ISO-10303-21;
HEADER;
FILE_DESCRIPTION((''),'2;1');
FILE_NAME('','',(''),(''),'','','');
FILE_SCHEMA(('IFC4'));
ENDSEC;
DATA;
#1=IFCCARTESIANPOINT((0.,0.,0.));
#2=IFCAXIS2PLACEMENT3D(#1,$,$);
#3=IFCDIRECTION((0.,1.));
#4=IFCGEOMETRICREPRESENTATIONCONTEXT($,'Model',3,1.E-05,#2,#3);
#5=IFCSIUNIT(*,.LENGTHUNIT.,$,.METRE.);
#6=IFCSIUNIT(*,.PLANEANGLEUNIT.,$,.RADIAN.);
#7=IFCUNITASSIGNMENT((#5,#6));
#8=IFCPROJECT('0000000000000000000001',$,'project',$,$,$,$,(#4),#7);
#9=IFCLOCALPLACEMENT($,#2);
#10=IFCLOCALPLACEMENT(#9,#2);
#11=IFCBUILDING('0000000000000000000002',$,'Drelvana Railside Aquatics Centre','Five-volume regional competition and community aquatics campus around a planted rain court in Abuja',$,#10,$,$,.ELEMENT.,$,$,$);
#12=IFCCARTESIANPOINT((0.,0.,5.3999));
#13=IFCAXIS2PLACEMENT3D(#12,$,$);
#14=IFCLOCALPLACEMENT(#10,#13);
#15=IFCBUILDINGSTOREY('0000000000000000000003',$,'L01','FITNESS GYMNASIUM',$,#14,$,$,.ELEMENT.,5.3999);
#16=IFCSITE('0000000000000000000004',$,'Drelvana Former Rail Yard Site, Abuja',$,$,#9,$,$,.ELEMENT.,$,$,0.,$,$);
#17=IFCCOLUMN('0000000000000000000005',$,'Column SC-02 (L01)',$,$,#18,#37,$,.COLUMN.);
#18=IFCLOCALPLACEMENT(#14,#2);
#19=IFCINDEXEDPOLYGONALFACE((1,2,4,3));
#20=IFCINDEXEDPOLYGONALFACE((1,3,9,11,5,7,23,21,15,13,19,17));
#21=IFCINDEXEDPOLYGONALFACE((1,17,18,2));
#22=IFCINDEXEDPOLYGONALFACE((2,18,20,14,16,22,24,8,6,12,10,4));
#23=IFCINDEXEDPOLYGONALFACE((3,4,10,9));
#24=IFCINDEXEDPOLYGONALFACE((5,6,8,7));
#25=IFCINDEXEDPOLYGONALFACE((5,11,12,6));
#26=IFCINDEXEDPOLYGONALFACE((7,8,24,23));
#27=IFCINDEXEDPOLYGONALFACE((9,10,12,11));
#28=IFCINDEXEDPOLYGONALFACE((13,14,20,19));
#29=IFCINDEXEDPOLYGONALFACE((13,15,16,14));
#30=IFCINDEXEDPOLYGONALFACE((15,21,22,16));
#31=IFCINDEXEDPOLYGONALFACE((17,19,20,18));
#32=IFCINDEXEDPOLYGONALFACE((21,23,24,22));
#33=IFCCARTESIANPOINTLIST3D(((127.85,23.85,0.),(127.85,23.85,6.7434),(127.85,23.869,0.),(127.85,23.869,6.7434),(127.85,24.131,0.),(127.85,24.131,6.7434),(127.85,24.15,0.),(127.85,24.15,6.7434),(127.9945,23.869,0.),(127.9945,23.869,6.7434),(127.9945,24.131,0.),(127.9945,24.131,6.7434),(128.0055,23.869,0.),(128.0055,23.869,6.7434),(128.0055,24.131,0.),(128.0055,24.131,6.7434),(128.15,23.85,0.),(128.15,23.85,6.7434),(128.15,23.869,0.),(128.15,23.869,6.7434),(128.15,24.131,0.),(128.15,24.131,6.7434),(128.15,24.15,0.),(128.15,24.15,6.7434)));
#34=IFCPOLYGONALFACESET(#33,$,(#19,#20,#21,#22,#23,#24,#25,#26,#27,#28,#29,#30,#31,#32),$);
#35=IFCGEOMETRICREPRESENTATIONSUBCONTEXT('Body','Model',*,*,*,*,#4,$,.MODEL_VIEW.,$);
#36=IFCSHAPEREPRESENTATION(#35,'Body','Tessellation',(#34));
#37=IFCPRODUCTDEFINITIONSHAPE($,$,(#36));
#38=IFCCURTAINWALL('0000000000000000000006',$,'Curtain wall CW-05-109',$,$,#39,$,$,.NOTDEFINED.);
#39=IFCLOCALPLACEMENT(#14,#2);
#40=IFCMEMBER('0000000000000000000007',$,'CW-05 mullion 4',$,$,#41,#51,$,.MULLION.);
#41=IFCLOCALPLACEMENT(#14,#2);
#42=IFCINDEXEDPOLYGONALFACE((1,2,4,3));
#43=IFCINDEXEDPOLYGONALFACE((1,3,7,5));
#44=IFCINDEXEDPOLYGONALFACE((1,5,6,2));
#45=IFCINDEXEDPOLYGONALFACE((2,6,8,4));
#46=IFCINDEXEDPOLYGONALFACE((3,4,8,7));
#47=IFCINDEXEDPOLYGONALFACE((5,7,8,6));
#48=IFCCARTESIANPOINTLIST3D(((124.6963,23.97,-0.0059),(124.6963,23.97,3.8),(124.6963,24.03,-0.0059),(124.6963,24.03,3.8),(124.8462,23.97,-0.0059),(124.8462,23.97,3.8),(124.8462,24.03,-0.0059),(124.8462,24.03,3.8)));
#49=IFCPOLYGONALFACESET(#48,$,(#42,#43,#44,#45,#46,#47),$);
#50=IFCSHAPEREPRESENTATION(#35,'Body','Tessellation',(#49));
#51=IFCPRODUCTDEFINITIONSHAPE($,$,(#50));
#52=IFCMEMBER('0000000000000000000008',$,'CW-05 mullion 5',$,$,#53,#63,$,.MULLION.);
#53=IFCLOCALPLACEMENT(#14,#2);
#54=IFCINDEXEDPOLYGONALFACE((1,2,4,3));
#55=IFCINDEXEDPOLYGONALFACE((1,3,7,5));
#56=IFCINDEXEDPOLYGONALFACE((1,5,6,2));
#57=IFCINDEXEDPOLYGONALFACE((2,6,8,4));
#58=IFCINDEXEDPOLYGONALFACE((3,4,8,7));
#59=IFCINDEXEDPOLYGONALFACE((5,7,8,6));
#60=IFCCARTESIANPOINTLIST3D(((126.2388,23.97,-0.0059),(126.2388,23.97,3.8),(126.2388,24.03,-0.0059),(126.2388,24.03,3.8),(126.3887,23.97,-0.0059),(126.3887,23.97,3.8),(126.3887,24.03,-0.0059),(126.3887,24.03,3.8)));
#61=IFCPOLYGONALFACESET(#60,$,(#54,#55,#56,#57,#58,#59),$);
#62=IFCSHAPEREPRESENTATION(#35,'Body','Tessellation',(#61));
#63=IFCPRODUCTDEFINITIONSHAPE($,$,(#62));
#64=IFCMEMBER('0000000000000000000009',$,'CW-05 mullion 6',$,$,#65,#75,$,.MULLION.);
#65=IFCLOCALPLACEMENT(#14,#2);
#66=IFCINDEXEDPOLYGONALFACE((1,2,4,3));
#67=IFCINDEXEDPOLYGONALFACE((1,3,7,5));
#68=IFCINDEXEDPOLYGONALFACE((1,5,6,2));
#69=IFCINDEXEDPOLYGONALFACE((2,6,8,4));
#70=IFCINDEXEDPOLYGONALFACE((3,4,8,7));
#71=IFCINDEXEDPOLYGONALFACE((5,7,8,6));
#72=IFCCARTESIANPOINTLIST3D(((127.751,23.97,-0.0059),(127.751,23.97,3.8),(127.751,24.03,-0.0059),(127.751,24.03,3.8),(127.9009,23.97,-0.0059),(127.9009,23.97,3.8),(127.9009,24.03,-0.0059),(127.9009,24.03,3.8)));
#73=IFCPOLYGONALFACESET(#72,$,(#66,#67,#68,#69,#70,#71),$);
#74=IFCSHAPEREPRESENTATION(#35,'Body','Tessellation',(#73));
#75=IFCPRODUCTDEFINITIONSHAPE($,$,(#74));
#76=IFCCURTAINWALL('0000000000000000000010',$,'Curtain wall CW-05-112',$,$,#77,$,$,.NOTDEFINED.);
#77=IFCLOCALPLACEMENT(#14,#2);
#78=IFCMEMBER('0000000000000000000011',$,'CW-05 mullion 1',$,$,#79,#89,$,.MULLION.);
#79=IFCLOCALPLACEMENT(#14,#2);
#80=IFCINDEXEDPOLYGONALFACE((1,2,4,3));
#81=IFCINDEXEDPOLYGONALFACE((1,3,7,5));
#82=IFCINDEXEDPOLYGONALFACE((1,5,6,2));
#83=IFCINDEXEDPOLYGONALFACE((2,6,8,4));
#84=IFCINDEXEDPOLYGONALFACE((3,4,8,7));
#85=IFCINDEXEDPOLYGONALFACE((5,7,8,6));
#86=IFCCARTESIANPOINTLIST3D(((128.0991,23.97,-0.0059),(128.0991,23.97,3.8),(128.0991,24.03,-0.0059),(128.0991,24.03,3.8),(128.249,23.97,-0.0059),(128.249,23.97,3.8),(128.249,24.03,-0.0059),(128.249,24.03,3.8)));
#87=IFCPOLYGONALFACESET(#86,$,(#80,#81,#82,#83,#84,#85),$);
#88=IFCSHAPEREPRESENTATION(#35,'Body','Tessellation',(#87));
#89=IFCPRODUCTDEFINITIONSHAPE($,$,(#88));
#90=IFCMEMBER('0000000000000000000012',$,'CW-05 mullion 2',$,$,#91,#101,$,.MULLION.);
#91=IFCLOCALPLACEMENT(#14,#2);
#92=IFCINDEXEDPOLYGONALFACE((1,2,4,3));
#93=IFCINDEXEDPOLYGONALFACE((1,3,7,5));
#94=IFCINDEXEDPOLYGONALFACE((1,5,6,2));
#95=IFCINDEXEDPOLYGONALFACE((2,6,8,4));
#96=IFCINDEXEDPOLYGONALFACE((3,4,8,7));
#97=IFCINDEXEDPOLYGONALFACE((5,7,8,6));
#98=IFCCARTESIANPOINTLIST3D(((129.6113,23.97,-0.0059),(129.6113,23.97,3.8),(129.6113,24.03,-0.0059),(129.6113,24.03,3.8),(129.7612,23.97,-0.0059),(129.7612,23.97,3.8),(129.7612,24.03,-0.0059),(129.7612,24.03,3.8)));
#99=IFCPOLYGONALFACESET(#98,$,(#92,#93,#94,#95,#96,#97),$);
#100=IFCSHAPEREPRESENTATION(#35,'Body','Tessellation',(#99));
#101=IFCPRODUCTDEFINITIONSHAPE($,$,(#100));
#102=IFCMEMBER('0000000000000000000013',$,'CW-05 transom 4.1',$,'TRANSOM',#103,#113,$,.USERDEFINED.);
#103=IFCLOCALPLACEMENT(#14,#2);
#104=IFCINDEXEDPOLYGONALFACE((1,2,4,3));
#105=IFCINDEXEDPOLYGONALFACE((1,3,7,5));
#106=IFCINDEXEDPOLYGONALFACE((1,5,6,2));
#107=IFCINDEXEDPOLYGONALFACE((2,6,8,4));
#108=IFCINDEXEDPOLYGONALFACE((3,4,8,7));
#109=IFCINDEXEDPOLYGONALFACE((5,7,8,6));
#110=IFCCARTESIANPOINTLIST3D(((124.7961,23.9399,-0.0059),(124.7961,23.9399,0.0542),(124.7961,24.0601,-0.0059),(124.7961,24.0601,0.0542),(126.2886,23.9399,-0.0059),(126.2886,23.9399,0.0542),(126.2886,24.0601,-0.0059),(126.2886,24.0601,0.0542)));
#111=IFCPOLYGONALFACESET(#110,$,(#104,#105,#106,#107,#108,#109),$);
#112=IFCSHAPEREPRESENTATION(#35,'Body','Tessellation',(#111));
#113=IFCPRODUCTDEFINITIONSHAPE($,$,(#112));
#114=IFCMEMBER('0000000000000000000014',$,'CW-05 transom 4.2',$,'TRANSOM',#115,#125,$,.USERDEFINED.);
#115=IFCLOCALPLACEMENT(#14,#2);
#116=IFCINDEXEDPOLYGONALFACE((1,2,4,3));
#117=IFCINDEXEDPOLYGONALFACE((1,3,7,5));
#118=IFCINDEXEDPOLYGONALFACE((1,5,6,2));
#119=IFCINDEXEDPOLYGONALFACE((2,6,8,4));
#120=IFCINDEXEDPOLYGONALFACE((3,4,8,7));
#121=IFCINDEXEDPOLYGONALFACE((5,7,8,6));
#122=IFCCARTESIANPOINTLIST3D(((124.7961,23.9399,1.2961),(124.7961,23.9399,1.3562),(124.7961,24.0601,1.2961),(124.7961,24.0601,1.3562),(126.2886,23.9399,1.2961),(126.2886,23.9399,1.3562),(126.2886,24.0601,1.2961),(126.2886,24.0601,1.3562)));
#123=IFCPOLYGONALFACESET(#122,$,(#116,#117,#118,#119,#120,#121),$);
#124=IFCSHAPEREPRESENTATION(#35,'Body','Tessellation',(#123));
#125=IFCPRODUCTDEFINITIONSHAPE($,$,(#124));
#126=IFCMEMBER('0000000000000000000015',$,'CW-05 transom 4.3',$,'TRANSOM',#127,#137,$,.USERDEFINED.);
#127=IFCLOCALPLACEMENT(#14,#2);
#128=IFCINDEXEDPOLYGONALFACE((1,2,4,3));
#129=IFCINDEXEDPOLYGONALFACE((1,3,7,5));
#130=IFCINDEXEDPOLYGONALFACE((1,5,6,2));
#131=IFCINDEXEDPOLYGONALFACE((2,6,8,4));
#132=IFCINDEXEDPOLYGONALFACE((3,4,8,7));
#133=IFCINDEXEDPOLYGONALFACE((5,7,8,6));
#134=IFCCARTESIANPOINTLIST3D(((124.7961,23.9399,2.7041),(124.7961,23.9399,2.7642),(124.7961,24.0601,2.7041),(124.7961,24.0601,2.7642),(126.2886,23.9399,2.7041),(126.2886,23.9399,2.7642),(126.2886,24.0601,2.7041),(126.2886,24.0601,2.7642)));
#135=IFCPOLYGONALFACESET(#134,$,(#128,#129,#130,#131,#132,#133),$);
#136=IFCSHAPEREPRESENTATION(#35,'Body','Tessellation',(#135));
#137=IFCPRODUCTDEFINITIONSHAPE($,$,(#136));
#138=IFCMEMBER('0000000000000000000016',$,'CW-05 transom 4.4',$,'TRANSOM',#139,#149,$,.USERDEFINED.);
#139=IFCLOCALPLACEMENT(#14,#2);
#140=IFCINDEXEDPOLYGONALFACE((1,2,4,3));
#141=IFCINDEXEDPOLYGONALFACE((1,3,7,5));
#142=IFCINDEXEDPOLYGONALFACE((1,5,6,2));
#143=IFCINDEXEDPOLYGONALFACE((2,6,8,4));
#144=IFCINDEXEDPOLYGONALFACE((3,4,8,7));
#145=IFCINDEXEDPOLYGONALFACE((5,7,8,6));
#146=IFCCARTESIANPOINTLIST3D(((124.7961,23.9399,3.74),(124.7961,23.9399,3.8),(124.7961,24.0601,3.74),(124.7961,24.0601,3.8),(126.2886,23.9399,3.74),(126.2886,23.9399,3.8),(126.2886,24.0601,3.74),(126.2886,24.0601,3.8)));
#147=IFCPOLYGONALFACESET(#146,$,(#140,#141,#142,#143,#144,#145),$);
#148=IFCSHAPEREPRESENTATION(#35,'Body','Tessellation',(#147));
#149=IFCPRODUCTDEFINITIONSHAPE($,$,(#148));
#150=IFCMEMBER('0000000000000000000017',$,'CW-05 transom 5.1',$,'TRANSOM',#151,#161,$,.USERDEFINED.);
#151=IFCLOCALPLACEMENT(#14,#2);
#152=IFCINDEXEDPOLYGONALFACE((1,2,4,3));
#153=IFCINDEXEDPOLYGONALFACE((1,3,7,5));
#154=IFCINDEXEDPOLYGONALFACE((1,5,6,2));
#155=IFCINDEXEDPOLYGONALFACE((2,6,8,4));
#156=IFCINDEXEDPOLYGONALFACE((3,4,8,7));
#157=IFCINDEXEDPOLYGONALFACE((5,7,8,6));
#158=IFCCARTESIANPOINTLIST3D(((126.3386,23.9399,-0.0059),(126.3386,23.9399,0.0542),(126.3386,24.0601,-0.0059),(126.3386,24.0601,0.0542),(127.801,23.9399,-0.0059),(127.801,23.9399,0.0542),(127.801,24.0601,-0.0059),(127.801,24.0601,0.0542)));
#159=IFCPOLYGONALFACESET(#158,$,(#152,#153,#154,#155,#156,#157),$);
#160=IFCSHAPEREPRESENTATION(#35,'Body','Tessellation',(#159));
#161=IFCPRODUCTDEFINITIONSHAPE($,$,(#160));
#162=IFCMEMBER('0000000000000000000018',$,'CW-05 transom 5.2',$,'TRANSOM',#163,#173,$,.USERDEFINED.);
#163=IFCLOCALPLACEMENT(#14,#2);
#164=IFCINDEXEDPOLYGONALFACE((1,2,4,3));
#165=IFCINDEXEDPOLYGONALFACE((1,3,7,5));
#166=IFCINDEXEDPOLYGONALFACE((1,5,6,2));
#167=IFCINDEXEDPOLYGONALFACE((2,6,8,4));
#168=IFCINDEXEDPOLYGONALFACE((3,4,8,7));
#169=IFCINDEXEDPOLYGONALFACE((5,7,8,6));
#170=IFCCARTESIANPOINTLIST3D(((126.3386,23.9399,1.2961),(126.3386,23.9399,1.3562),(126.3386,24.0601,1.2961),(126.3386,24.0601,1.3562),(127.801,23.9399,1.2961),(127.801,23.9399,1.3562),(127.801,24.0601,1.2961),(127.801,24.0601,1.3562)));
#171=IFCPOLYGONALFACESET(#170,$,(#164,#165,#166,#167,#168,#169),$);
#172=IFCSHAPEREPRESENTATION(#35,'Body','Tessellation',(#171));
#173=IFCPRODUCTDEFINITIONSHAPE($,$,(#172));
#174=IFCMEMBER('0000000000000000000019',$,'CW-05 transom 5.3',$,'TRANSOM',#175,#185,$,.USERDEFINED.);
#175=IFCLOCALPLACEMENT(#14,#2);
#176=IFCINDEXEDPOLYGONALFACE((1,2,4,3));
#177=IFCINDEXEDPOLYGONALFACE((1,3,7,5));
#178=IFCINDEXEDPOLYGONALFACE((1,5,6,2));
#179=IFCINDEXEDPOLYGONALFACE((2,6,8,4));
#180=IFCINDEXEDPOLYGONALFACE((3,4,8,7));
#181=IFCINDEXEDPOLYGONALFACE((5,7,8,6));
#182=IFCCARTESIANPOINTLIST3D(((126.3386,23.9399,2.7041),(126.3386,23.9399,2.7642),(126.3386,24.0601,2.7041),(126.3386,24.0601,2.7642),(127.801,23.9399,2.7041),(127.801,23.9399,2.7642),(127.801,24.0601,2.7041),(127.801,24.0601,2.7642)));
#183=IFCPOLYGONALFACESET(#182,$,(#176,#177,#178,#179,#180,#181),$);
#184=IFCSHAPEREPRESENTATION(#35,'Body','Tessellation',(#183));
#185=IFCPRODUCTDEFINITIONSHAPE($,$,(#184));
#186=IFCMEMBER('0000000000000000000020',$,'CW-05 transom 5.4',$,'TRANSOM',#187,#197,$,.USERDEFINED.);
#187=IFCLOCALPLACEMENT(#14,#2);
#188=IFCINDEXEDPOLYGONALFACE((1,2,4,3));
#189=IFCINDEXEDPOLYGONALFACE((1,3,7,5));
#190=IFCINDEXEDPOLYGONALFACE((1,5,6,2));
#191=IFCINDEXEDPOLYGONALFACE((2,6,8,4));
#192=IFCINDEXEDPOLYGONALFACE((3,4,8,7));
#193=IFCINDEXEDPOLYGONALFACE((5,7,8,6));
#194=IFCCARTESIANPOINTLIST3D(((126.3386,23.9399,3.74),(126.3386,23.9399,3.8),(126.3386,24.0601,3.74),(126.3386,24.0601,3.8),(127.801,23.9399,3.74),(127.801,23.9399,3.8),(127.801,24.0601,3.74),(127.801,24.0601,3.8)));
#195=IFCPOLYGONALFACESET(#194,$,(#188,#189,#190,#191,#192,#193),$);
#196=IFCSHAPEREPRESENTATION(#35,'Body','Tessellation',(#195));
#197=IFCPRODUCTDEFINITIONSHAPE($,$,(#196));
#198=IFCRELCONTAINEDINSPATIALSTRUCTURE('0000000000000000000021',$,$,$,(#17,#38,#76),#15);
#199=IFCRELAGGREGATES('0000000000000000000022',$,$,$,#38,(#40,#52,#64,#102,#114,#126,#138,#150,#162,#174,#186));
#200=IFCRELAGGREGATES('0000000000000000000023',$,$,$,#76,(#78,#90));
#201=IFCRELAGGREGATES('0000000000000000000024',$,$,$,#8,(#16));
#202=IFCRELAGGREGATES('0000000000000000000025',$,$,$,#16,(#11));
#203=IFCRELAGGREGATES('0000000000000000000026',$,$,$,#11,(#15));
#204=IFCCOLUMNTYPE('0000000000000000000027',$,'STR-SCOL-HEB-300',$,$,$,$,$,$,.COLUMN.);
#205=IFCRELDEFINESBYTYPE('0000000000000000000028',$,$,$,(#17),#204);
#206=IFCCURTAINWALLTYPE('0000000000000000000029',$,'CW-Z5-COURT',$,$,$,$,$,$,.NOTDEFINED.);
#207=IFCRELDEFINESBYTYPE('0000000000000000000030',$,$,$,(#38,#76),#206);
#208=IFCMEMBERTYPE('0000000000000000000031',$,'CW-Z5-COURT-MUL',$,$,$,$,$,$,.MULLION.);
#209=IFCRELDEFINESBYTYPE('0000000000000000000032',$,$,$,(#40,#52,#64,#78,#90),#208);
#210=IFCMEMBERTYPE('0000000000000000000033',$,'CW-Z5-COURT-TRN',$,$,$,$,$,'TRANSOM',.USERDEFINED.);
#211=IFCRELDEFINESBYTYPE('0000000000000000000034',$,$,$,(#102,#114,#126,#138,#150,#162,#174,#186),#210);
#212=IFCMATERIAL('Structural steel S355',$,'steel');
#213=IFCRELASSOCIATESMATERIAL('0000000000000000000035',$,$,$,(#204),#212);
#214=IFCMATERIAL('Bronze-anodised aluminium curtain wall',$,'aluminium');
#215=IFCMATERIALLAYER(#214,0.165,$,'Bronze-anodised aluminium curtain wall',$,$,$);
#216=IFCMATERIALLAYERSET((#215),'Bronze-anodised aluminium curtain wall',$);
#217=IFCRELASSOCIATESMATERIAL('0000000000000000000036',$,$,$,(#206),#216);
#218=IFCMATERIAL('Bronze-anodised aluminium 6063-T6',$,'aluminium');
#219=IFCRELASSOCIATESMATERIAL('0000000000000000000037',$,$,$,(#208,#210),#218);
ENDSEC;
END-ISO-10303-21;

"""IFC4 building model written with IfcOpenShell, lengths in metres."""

from ifc_helpers import new_model, si_unit, direction, frame, origin, origin_2d, place, context, subcontext, project, spatial, rectangle, i_section, extrude, material, layer, layer_set, material_profile, profile_set, type_object, element, aggregate, save


model = new_model("IFC4")

# Units and contexts
model_context = context("Model", 3, precision=1e-05, world=origin(), true_north=direction((0.0, 1.0)))
body_context = subcontext(model_context, "Body", "Model", "MODEL_VIEW")
ifc_project = project(units=[si_unit("LENGTHUNIT", "METRE"), si_unit("PLANEANGLEUNIT", "RADIAN")], contexts=[model_context])

# Site, building, storey
site_placement = place(None, origin())
site = spatial("IfcSite", under=ifc_project, at=site_placement, Name="Drelvana Former Rail Yard Site, Abuja", CompositionType="ELEMENT", RefElevation=0.0)
building_placement = place(site_placement, origin())
building = spatial("IfcBuilding", under=site, at=building_placement, Name="Drelvana Railside Aquatics Centre", Description="Five-volume regional competition and community aquatics campus around a planted rain court in Abuja", CompositionType="ELEMENT")
storey_placement = place(building_placement, frame((0.0, 0.0, 5.3999)))
storey = spatial("IfcBuildingStorey", under=building, at=storey_placement, Name="L01", Description="FITNESS GYMNASIUM", CompositionType="ELEMENT", Elevation=5.3999)

# Column
ifc_material_1 = material(Name="Structural steel S355", Category="steel")
ifc_material_profile_1 = material_profile(ifc_material_1, i_section(OverallWidth=0.3, OverallDepth=0.3, WebThickness=0.011, FlangeThickness=0.019, at=origin_2d()), Name="HEB 300")
ifc_profile_set_1 = profile_set([ifc_material_profile_1], Name="Structural steel S355")
column_type = type_object("IfcColumnType", Name="STR-SCOL-HEB-300", PredefinedType="COLUMN", material=ifc_profile_set_1)
column_placement = place(storey_placement, frame((128.0, 24.0, 0.0), z_axis=(0.0, 0.0, 1.0), x_axis=(1.0, 0.0, 0.0)))
element("IfcColumn", 1, at=column_placement, inside=storey, type_object=column_type, Name="Column SC-02 (L01)", PredefinedType="COLUMN", context=body_context, shape_type="SweptSolid", body=[
    extrude(i_section(OverallWidth=0.3, OverallDepth=0.3, WebThickness=0.011, FlangeThickness=0.019, at=origin_2d()), origin(), (0.0, 0.0, 1.0), 6.7434),
])

# Curtain walls, members
ifc_material_2 = material(Name="Bronze-anodised aluminium curtain wall", Category="aluminium")
ifc_layer_1 = layer(ifc_material_2, 0.165, Name="Bronze-anodised aluminium curtain wall")
ifc_layer_set_1 = layer_set([ifc_layer_1], Name="Bronze-anodised aluminium curtain wall")
curtain_wall_type = type_object("IfcCurtainWallType", Name="CW-Z5-COURT", PredefinedType="NOTDEFINED", material=ifc_layer_set_1)
curtain_wall_1_placement = place(storey_placement, origin())
curtain_wall_1 = element("IfcCurtainWall", 2, at=curtain_wall_1_placement, inside=storey, type_object=curtain_wall_type, Name="Curtain wall CW-05-109", PredefinedType="NOTDEFINED")
ifc_material_3 = material(Name="Bronze-anodised aluminium 6063-T6", Category="aluminium")
ifc_material_profile_2 = material_profile(ifc_material_3, rectangle(XDim=0.0601, YDim=0.1499, at=origin_2d()), Name="ALU-M 60x150")
ifc_profile_set_2 = profile_set([ifc_material_profile_2], Name="Bronze-anodised aluminium 6063-T6")
member_type_1 = type_object("IfcMemberType", Name="CW-Z5-COURT-MUL", PredefinedType="MULLION", material=ifc_profile_set_2)
member_1_placement = place(storey_placement, frame((124.7712, 24.0, -0.0059), z_axis=(0.0, 0.0, 1.0), x_axis=(0.0, 1.0, 0.0)))
member_1 = element("IfcMember", 3, at=member_1_placement, type_object=member_type_1, Name="CW-05 mullion 4", PredefinedType="MULLION", context=body_context, shape_type="SweptSolid", body=[
    extrude(rectangle(XDim=0.0601, YDim=0.1499, at=origin_2d()), origin(), (0.0, 0.0, 1.0), 3.8059),
])
member_2_placement = place(storey_placement, frame((126.3137, 24.0, -0.0059), z_axis=(0.0, 0.0, 1.0), x_axis=(0.0, 1.0, 0.0)))
member_2 = element("IfcMember", 4, at=member_2_placement, type_object=member_type_1, Name="CW-05 mullion 5", PredefinedType="MULLION", context=body_context, shape_type="SweptSolid", body=[
    extrude(rectangle(XDim=0.0601, YDim=0.1499, at=origin_2d()), origin(), (0.0, 0.0, 1.0), 3.8059),
])
member_3_placement = place(storey_placement, frame((127.8259, 24.0, -0.0059), z_axis=(0.0, 0.0, 1.0), x_axis=(0.0, 1.0, 0.0)))
member_3 = element("IfcMember", 5, at=member_3_placement, type_object=member_type_1, Name="CW-05 mullion 6", PredefinedType="MULLION", context=body_context, shape_type="SweptSolid", body=[
    extrude(rectangle(XDim=0.0601, YDim=0.1499, at=origin_2d()), origin(), (0.0, 0.0, 1.0), 3.8059),
])
curtain_wall_2_placement = place(storey_placement, origin())
curtain_wall_2 = element("IfcCurtainWall", 6, at=curtain_wall_2_placement, inside=storey, type_object=curtain_wall_type, Name="Curtain wall CW-05-112", PredefinedType="NOTDEFINED")
member_4_placement = place(storey_placement, frame((128.1741, 24.0, -0.0059), z_axis=(0.0, 0.0, 1.0), x_axis=(0.0, 1.0, 0.0)))
member_4 = element("IfcMember", 7, at=member_4_placement, type_object=member_type_1, Name="CW-05 mullion 1", PredefinedType="MULLION", context=body_context, shape_type="SweptSolid", body=[
    extrude(rectangle(XDim=0.0601, YDim=0.1499, at=origin_2d()), origin(), (0.0, 0.0, 1.0), 3.8059),
])
member_5_placement = place(storey_placement, frame((129.6863, 24.0, -0.0059), z_axis=(0.0, 0.0, 1.0), x_axis=(0.0, 1.0, 0.0)))
member_5 = element("IfcMember", 8, at=member_5_placement, type_object=member_type_1, Name="CW-05 mullion 2", PredefinedType="MULLION", context=body_context, shape_type="SweptSolid", body=[
    extrude(rectangle(XDim=0.0601, YDim=0.1499, at=origin_2d()), origin(), (0.0, 0.0, 1.0), 3.8059),
])

# Members
ifc_material_profile_3 = material_profile(ifc_material_3, rectangle(XDim=0.1201, YDim=0.0601, at=origin_2d()), Name="ALU-T 60x120")
ifc_profile_set_3 = profile_set([ifc_material_profile_3], Name="Bronze-anodised aluminium 6063-T6")
member_type_2 = type_object("IfcMemberType", Name="CW-Z5-COURT-TRN", ElementType="TRANSOM", PredefinedType="USERDEFINED", material=ifc_profile_set_3)
member_6_placement = place(storey_placement, frame((124.7961, 24.0, 0.0242), z_axis=(1.0, 0.0, 0.0), x_axis=(0.0, 1.0, 0.0)))
member_6 = element("IfcMember", 9, at=member_6_placement, type_object=member_type_2, Name="CW-05 transom 4.1", ObjectType="TRANSOM", PredefinedType="USERDEFINED", context=body_context, shape_type="SweptSolid", body=[
    extrude(rectangle(XDim=0.1201, YDim=0.0601, at=origin_2d()), origin(), (0.0, 0.0, 1.0), 1.4924),
])
member_7_placement = place(storey_placement, frame((124.7961, 24.0, 1.3262), z_axis=(1.0, 0.0, 0.0), x_axis=(0.0, 1.0, 0.0)))
member_7 = element("IfcMember", 10, at=member_7_placement, type_object=member_type_2, Name="CW-05 transom 4.2", ObjectType="TRANSOM", PredefinedType="USERDEFINED", context=body_context, shape_type="SweptSolid", body=[
    extrude(rectangle(XDim=0.1201, YDim=0.0601, at=origin_2d()), origin(), (0.0, 0.0, 1.0), 1.4924),
])
member_8_placement = place(storey_placement, frame((124.7961, 24.0, 2.7341), z_axis=(1.0, 0.0, 0.0), x_axis=(0.0, 1.0, 0.0)))
member_8 = element("IfcMember", 11, at=member_8_placement, type_object=member_type_2, Name="CW-05 transom 4.3", ObjectType="TRANSOM", PredefinedType="USERDEFINED", context=body_context, shape_type="SweptSolid", body=[
    extrude(rectangle(XDim=0.1201, YDim=0.0601, at=origin_2d()), origin(), (0.0, 0.0, 1.0), 1.4924),
])
member_9_placement = place(storey_placement, frame((124.7961, 24.0, 3.77), z_axis=(1.0, 0.0, 0.0), x_axis=(0.0, 1.0, 0.0)))
member_9 = element("IfcMember", 12, at=member_9_placement, type_object=member_type_2, Name="CW-05 transom 4.4", ObjectType="TRANSOM", PredefinedType="USERDEFINED", context=body_context, shape_type="SweptSolid", body=[
    extrude(rectangle(XDim=0.1201, YDim=0.0601, at=origin_2d()), origin(), (0.0, 0.0, 1.0), 1.4924),
])
member_10_placement = place(storey_placement, frame((126.3386, 24.0, 0.0242), z_axis=(1.0, 0.0, 0.0), x_axis=(0.0, 1.0, 0.0)))
member_10 = element("IfcMember", 13, at=member_10_placement, type_object=member_type_2, Name="CW-05 transom 5.1", ObjectType="TRANSOM", PredefinedType="USERDEFINED", context=body_context, shape_type="SweptSolid", body=[
    extrude(rectangle(XDim=0.1201, YDim=0.0601, at=origin_2d()), origin(), (0.0, 0.0, 1.0), 1.4624),
])
member_11_placement = place(storey_placement, frame((126.3386, 24.0, 1.3262), z_axis=(1.0, 0.0, 0.0), x_axis=(0.0, 1.0, 0.0)))
member_11 = element("IfcMember", 14, at=member_11_placement, type_object=member_type_2, Name="CW-05 transom 5.2", ObjectType="TRANSOM", PredefinedType="USERDEFINED", context=body_context, shape_type="SweptSolid", body=[
    extrude(rectangle(XDim=0.1201, YDim=0.0601, at=origin_2d()), origin(), (0.0, 0.0, 1.0), 1.4624),
])
member_12_placement = place(storey_placement, frame((126.3386, 24.0, 2.7341), z_axis=(1.0, 0.0, 0.0), x_axis=(0.0, 1.0, 0.0)))
member_12 = element("IfcMember", 15, at=member_12_placement, type_object=member_type_2, Name="CW-05 transom 5.3", ObjectType="TRANSOM", PredefinedType="USERDEFINED", context=body_context, shape_type="SweptSolid", body=[
    extrude(rectangle(XDim=0.1201, YDim=0.0601, at=origin_2d()), origin(), (0.0, 0.0, 1.0), 1.4624),
])
member_13_placement = place(storey_placement, frame((126.3386, 24.0, 3.77), z_axis=(1.0, 0.0, 0.0), x_axis=(0.0, 1.0, 0.0)))
member_13 = element("IfcMember", 16, at=member_13_placement, type_object=member_type_2, Name="CW-05 transom 5.4", ObjectType="TRANSOM", PredefinedType="USERDEFINED", context=body_context, shape_type="SweptSolid", body=[
    extrude(rectangle(XDim=0.1201, YDim=0.0601, at=origin_2d()), origin(), (0.0, 0.0, 1.0), 1.4624),
])

aggregate(curtain_wall_1, [member_1, member_2, member_3, member_6, member_7, member_8, member_9, member_10, member_11, member_12, member_13])
aggregate(curtain_wall_2, [member_4, member_5])

save(model, "model.ifc")
